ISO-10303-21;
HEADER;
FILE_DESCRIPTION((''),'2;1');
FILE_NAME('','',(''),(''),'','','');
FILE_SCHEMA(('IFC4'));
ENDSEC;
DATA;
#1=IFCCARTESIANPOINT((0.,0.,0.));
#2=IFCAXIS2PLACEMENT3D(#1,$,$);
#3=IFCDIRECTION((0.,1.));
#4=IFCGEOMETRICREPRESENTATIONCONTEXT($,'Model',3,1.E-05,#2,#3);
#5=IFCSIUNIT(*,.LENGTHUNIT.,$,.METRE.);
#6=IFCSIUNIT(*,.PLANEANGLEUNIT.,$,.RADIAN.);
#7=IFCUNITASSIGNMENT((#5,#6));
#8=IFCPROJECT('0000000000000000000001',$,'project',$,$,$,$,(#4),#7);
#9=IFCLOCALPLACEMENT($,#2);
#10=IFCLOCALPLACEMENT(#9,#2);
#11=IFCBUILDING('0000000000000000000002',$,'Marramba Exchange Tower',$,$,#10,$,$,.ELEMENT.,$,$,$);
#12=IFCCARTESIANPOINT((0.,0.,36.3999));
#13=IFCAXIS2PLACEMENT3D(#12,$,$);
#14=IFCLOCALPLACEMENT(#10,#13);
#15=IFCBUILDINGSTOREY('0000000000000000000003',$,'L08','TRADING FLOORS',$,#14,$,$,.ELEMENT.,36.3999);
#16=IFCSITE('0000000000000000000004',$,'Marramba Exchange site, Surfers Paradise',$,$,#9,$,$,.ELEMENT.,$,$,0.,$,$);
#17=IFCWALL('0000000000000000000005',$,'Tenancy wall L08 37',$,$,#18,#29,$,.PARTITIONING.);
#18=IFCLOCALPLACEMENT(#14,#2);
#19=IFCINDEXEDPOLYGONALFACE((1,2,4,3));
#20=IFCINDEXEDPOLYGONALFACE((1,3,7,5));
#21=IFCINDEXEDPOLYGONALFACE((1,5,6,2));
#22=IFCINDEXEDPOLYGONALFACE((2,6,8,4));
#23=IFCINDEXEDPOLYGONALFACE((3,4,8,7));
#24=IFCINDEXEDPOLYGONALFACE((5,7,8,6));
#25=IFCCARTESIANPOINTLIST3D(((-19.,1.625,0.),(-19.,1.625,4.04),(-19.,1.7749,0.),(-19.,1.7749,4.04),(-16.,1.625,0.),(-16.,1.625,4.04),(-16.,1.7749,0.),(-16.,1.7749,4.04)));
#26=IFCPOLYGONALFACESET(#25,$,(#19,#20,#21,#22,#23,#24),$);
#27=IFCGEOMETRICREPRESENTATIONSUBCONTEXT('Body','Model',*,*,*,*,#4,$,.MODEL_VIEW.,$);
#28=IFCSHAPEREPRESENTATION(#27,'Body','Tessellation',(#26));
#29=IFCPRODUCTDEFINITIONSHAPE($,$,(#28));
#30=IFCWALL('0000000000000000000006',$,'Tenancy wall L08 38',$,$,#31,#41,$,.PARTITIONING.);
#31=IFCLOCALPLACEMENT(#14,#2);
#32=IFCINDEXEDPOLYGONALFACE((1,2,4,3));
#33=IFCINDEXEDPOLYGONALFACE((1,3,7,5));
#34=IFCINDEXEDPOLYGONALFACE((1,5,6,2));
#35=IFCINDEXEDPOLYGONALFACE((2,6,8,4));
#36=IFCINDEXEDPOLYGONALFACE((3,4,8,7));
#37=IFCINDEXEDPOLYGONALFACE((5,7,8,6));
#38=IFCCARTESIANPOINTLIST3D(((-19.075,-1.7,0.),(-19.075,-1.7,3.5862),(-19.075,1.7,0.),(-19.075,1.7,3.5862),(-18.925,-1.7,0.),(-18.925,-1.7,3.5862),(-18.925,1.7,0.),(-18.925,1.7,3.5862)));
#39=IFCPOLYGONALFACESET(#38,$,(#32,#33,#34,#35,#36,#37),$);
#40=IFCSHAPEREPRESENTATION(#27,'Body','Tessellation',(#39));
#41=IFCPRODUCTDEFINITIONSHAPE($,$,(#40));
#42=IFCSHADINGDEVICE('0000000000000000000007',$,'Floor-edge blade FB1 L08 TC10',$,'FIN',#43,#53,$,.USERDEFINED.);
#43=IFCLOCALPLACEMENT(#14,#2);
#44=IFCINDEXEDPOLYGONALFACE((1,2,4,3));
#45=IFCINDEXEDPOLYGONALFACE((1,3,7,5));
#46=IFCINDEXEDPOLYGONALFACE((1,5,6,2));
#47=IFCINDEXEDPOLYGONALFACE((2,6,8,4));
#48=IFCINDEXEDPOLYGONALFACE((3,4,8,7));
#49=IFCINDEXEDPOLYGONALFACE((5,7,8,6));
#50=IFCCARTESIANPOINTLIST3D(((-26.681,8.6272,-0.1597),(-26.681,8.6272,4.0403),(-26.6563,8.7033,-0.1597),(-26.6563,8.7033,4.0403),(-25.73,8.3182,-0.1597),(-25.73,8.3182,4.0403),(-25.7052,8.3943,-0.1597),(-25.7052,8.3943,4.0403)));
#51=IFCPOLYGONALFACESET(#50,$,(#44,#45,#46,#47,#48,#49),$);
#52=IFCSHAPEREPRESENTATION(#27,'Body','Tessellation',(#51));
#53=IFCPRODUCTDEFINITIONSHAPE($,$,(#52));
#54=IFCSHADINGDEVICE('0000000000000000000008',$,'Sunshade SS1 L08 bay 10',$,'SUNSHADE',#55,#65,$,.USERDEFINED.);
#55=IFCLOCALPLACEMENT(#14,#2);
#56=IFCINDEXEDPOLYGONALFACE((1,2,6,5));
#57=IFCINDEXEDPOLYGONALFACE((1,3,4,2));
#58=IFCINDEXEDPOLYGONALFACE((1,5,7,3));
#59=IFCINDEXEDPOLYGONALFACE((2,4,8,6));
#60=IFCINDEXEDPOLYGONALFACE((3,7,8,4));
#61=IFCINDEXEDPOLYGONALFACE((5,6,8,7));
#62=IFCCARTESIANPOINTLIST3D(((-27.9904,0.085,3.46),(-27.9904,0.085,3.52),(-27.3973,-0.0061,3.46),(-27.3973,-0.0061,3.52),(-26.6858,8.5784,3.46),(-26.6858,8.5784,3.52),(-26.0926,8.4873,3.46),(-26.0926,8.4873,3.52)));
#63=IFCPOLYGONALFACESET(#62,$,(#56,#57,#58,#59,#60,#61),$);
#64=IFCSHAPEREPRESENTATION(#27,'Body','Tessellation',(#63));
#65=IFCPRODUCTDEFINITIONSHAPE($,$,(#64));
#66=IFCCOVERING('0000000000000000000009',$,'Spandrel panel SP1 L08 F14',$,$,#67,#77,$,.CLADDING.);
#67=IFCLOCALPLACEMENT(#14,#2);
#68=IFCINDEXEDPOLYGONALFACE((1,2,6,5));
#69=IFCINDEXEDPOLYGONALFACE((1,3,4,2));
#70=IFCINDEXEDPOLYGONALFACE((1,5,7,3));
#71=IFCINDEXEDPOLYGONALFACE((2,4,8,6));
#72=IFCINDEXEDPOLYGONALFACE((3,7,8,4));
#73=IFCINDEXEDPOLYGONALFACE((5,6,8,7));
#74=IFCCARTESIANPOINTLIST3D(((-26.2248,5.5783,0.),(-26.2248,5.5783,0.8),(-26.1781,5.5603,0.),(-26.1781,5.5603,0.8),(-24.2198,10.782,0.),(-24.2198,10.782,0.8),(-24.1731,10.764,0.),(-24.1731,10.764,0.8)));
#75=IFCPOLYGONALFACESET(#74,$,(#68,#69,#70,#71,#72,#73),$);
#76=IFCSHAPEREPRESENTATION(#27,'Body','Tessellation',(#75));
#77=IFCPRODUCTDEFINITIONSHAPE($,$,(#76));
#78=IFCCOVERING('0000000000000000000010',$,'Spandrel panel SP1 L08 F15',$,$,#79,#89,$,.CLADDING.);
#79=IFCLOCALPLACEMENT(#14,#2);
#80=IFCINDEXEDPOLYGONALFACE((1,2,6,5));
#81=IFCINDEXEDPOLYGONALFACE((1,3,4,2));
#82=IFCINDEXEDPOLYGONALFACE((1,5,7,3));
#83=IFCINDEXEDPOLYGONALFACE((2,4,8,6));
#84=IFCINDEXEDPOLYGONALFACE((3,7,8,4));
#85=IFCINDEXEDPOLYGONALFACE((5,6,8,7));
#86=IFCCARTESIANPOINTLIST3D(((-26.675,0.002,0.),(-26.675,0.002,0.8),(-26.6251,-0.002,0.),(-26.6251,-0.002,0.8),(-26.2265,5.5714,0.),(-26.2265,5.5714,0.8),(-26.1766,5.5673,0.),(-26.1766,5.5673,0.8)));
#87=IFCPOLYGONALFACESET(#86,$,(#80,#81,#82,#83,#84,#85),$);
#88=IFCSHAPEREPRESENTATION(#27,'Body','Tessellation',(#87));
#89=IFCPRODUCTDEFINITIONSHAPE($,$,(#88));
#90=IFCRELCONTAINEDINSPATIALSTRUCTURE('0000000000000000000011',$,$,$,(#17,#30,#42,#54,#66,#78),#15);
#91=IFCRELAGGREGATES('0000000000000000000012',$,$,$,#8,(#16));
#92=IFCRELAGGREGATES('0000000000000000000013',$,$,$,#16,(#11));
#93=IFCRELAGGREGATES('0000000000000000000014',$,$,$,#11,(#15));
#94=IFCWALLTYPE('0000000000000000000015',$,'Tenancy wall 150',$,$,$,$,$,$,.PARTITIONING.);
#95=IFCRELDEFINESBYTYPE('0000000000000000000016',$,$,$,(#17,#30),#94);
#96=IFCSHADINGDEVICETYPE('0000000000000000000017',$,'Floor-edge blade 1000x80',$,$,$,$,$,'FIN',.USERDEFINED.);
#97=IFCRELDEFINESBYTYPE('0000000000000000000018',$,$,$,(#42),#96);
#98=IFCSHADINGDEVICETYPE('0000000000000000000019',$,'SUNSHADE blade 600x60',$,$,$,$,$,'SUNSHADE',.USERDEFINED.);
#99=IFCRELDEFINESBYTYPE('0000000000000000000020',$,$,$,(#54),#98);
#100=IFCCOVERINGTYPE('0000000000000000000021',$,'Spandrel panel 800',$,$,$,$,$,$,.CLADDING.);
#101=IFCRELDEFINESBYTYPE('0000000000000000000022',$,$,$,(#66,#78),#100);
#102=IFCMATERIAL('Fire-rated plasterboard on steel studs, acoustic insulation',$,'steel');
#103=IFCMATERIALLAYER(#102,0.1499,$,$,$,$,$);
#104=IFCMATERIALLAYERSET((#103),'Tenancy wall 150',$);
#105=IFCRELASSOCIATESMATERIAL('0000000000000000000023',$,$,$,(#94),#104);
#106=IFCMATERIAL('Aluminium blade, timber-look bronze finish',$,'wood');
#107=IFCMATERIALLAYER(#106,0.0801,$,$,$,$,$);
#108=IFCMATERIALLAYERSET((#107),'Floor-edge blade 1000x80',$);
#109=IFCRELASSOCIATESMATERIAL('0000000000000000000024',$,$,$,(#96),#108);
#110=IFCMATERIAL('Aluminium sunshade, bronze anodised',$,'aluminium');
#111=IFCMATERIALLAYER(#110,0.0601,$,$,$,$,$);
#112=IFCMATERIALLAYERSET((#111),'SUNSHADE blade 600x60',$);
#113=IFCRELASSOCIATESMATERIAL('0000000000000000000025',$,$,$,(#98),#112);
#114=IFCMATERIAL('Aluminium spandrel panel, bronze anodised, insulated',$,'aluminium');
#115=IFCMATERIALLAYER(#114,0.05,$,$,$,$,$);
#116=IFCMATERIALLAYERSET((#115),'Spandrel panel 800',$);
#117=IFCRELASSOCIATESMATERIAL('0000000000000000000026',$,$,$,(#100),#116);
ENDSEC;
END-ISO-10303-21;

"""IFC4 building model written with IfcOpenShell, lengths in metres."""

from ifc_helpers import new_model, si_unit, direction, frame, frame_2d, origin, origin_2d, place, context, subcontext, project, spatial, rectangle, extrude, material, layer, layer_set, type_object, element, save


model = new_model("IFC4")

# Units and contexts
model_context = context("Model", 3, precision=1e-05, world=origin(), true_north=direction((0.0, 1.0)))
body_context = subcontext(model_context, "Body", "Model", "MODEL_VIEW")
ifc_project = project(units=[si_unit("LENGTHUNIT", "METRE"), si_unit("PLANEANGLEUNIT", "RADIAN")], contexts=[model_context])

# Site, building, storey
site_placement = place(None, origin())
site = spatial("IfcSite", under=ifc_project, at=site_placement, Name="Marramba Exchange site, Surfers Paradise", CompositionType="ELEMENT", RefElevation=0.0)
building_placement = place(site_placement, origin())
building = spatial("IfcBuilding", under=site, at=building_placement, Name="Marramba Exchange Tower", CompositionType="ELEMENT")
storey_placement = place(building_placement, frame((0.0, 0.0, 36.3999)))
storey = spatial("IfcBuildingStorey", under=building, at=storey_placement, Name="L08", Description="TRADING FLOORS", CompositionType="ELEMENT", Elevation=36.3999)

# Walls
ifc_material_1 = material(Name="Fire-rated plasterboard on steel studs, acoustic insulation", Category="steel")
ifc_layer_1 = layer(ifc_material_1, 0.1499)
ifc_layer_set_1 = layer_set([ifc_layer_1], Name="Tenancy wall 150")
wall_type_1 = type_object("IfcWallType", Name="Tenancy wall 150", PredefinedType="PARTITIONING", material=ifc_layer_set_1)
wall_1_placement = place(storey_placement, frame((-16.0, 1.7, 0.0), z_axis=(0.0, 0.0, 1.0), x_axis=(-1.0, 0.0, 0.0)))
element("IfcWall", 1, at=wall_1_placement, inside=storey, type_object=wall_type_1, Name="Tenancy wall L08 37", PredefinedType="PARTITIONING", context=body_context, shape_type="SweptSolid", body=[
    extrude(rectangle(XDim=3.0, YDim=0.1499, at=frame_2d((1.5, 0.0))), origin(), (0.0, 0.0, 1.0), 4.04),
])
wall_2_placement = place(storey_placement, frame((-19.0, 1.7, 0.0), z_axis=(0.0, 0.0, 1.0), x_axis=(0.0, -1.0, 0.0)))
element("IfcWall", 2, at=wall_2_placement, inside=storey, type_object=wall_type_1, Name="Tenancy wall L08 38", PredefinedType="PARTITIONING", context=body_context, shape_type="SweptSolid", body=[
    extrude(rectangle(XDim=3.3999, YDim=0.1499, at=frame_2d((1.7, 0.0))), origin(), (0.0, 0.0, 1.0), 3.5862),
])

# Shading devices
ifc_material_2 = material(Name="Aluminium blade, timber-look bronze finish", Category="wood")
ifc_layer_2 = layer(ifc_material_2, 0.0801)
ifc_layer_set_2 = layer_set([ifc_layer_2], Name="Floor-edge blade 1000x80")
shading_device_type_1 = type_object("IfcShadingDeviceType", Name="Floor-edge blade 1000x80", ElementType="FIN", PredefinedType="USERDEFINED", material=ifc_layer_set_2)
shading_device_1_placement = place(storey_placement, frame((-26.1931, 8.5107, -0.1597), z_axis=(0.0, 0.0, 1.0), x_axis=(-0.951057, 0.309017, 0.0)))
element("IfcShadingDevice", 3, at=shading_device_1_placement, inside=storey, type_object=shading_device_type_1, Name="Floor-edge blade FB1 L08 TC10", ObjectType="FIN", PredefinedType="USERDEFINED", context=body_context, shape_type="SweptSolid", body=[
    extrude(rectangle(XDim=1.0, YDim=0.0801, at=origin_2d()), origin(), (0.0, 0.0, 1.0), 4.2),
])
ifc_material_3 = material(Name="Aluminium sunshade, bronze anodised", Category="aluminium")
ifc_layer_3 = layer(ifc_material_3, 0.0601)
ifc_layer_set_3 = layer_set([ifc_layer_3], Name="SUNSHADE blade 600x60")
shading_device_type_2 = type_object("IfcShadingDeviceType", Name="SUNSHADE blade 600x60", ElementType="SUNSHADE", PredefinedType="USERDEFINED", material=ifc_layer_set_3)
shading_device_2_placement = place(storey_placement, frame((-27.0415, 4.2861, 3.46), z_axis=(0.0, 0.0, 1.0), x_axis=(-0.151825, -0.988407, 0.0)))
element("IfcShadingDevice", 4, at=shading_device_2_placement, inside=storey, type_object=shading_device_type_2, Name="Sunshade SS1 L08 bay 10", ObjectType="SUNSHADE", PredefinedType="USERDEFINED", context=body_context, shape_type="SweptSolid", body=[
    extrude(rectangle(XDim=8.593, YDim=0.6001, at=origin_2d()), origin(), (0.0, 0.0, 1.0), 0.0601),
])

# Coverings
ifc_material_4 = material(Name="Aluminium spandrel panel, bronze anodised, insulated", Category="aluminium")
ifc_layer_4 = layer(ifc_material_4, 0.05)
ifc_layer_set_4 = layer_set([ifc_layer_4], Name="Spandrel panel 800")
covering_type = type_object("IfcCoveringType", Name="Spandrel panel 800", PredefinedType="CLADDING", material=ifc_layer_set_4)
covering_1_placement = place(storey_placement, frame((-25.199, 8.1711, 0.0), z_axis=(0.0, 0.0, 1.0), x_axis=(-0.359526, -0.933135, 0.0)))
element("IfcCovering", 5, at=covering_1_placement, inside=storey, type_object=covering_type, Name="Spandrel panel SP1 L08 F14", PredefinedType="CLADDING", context=body_context, shape_type="SweptSolid", body=[
    extrude(rectangle(XDim=5.5767, YDim=0.05, at=origin_2d()), origin(), (0.0, 0.0, 1.0), 0.8),
])
covering_2_placement = place(storey_placement, frame((-26.4258, 2.7847, 0.0), z_axis=(0.0, 0.0, 1.0), x_axis=(-0.080275, -0.996773, 0.0)))
element("IfcCovering", 6, at=covering_2_placement, inside=storey, type_object=covering_type, Name="Spandrel panel SP1 L08 F15", PredefinedType="CLADDING", context=body_context, shape_type="SweptSolid", body=[
    extrude(rectangle(XDim=5.5874, YDim=0.05, at=origin_2d()), origin(), (0.0, 0.0, 1.0), 0.8),
])

save(model, "model.ifc")
